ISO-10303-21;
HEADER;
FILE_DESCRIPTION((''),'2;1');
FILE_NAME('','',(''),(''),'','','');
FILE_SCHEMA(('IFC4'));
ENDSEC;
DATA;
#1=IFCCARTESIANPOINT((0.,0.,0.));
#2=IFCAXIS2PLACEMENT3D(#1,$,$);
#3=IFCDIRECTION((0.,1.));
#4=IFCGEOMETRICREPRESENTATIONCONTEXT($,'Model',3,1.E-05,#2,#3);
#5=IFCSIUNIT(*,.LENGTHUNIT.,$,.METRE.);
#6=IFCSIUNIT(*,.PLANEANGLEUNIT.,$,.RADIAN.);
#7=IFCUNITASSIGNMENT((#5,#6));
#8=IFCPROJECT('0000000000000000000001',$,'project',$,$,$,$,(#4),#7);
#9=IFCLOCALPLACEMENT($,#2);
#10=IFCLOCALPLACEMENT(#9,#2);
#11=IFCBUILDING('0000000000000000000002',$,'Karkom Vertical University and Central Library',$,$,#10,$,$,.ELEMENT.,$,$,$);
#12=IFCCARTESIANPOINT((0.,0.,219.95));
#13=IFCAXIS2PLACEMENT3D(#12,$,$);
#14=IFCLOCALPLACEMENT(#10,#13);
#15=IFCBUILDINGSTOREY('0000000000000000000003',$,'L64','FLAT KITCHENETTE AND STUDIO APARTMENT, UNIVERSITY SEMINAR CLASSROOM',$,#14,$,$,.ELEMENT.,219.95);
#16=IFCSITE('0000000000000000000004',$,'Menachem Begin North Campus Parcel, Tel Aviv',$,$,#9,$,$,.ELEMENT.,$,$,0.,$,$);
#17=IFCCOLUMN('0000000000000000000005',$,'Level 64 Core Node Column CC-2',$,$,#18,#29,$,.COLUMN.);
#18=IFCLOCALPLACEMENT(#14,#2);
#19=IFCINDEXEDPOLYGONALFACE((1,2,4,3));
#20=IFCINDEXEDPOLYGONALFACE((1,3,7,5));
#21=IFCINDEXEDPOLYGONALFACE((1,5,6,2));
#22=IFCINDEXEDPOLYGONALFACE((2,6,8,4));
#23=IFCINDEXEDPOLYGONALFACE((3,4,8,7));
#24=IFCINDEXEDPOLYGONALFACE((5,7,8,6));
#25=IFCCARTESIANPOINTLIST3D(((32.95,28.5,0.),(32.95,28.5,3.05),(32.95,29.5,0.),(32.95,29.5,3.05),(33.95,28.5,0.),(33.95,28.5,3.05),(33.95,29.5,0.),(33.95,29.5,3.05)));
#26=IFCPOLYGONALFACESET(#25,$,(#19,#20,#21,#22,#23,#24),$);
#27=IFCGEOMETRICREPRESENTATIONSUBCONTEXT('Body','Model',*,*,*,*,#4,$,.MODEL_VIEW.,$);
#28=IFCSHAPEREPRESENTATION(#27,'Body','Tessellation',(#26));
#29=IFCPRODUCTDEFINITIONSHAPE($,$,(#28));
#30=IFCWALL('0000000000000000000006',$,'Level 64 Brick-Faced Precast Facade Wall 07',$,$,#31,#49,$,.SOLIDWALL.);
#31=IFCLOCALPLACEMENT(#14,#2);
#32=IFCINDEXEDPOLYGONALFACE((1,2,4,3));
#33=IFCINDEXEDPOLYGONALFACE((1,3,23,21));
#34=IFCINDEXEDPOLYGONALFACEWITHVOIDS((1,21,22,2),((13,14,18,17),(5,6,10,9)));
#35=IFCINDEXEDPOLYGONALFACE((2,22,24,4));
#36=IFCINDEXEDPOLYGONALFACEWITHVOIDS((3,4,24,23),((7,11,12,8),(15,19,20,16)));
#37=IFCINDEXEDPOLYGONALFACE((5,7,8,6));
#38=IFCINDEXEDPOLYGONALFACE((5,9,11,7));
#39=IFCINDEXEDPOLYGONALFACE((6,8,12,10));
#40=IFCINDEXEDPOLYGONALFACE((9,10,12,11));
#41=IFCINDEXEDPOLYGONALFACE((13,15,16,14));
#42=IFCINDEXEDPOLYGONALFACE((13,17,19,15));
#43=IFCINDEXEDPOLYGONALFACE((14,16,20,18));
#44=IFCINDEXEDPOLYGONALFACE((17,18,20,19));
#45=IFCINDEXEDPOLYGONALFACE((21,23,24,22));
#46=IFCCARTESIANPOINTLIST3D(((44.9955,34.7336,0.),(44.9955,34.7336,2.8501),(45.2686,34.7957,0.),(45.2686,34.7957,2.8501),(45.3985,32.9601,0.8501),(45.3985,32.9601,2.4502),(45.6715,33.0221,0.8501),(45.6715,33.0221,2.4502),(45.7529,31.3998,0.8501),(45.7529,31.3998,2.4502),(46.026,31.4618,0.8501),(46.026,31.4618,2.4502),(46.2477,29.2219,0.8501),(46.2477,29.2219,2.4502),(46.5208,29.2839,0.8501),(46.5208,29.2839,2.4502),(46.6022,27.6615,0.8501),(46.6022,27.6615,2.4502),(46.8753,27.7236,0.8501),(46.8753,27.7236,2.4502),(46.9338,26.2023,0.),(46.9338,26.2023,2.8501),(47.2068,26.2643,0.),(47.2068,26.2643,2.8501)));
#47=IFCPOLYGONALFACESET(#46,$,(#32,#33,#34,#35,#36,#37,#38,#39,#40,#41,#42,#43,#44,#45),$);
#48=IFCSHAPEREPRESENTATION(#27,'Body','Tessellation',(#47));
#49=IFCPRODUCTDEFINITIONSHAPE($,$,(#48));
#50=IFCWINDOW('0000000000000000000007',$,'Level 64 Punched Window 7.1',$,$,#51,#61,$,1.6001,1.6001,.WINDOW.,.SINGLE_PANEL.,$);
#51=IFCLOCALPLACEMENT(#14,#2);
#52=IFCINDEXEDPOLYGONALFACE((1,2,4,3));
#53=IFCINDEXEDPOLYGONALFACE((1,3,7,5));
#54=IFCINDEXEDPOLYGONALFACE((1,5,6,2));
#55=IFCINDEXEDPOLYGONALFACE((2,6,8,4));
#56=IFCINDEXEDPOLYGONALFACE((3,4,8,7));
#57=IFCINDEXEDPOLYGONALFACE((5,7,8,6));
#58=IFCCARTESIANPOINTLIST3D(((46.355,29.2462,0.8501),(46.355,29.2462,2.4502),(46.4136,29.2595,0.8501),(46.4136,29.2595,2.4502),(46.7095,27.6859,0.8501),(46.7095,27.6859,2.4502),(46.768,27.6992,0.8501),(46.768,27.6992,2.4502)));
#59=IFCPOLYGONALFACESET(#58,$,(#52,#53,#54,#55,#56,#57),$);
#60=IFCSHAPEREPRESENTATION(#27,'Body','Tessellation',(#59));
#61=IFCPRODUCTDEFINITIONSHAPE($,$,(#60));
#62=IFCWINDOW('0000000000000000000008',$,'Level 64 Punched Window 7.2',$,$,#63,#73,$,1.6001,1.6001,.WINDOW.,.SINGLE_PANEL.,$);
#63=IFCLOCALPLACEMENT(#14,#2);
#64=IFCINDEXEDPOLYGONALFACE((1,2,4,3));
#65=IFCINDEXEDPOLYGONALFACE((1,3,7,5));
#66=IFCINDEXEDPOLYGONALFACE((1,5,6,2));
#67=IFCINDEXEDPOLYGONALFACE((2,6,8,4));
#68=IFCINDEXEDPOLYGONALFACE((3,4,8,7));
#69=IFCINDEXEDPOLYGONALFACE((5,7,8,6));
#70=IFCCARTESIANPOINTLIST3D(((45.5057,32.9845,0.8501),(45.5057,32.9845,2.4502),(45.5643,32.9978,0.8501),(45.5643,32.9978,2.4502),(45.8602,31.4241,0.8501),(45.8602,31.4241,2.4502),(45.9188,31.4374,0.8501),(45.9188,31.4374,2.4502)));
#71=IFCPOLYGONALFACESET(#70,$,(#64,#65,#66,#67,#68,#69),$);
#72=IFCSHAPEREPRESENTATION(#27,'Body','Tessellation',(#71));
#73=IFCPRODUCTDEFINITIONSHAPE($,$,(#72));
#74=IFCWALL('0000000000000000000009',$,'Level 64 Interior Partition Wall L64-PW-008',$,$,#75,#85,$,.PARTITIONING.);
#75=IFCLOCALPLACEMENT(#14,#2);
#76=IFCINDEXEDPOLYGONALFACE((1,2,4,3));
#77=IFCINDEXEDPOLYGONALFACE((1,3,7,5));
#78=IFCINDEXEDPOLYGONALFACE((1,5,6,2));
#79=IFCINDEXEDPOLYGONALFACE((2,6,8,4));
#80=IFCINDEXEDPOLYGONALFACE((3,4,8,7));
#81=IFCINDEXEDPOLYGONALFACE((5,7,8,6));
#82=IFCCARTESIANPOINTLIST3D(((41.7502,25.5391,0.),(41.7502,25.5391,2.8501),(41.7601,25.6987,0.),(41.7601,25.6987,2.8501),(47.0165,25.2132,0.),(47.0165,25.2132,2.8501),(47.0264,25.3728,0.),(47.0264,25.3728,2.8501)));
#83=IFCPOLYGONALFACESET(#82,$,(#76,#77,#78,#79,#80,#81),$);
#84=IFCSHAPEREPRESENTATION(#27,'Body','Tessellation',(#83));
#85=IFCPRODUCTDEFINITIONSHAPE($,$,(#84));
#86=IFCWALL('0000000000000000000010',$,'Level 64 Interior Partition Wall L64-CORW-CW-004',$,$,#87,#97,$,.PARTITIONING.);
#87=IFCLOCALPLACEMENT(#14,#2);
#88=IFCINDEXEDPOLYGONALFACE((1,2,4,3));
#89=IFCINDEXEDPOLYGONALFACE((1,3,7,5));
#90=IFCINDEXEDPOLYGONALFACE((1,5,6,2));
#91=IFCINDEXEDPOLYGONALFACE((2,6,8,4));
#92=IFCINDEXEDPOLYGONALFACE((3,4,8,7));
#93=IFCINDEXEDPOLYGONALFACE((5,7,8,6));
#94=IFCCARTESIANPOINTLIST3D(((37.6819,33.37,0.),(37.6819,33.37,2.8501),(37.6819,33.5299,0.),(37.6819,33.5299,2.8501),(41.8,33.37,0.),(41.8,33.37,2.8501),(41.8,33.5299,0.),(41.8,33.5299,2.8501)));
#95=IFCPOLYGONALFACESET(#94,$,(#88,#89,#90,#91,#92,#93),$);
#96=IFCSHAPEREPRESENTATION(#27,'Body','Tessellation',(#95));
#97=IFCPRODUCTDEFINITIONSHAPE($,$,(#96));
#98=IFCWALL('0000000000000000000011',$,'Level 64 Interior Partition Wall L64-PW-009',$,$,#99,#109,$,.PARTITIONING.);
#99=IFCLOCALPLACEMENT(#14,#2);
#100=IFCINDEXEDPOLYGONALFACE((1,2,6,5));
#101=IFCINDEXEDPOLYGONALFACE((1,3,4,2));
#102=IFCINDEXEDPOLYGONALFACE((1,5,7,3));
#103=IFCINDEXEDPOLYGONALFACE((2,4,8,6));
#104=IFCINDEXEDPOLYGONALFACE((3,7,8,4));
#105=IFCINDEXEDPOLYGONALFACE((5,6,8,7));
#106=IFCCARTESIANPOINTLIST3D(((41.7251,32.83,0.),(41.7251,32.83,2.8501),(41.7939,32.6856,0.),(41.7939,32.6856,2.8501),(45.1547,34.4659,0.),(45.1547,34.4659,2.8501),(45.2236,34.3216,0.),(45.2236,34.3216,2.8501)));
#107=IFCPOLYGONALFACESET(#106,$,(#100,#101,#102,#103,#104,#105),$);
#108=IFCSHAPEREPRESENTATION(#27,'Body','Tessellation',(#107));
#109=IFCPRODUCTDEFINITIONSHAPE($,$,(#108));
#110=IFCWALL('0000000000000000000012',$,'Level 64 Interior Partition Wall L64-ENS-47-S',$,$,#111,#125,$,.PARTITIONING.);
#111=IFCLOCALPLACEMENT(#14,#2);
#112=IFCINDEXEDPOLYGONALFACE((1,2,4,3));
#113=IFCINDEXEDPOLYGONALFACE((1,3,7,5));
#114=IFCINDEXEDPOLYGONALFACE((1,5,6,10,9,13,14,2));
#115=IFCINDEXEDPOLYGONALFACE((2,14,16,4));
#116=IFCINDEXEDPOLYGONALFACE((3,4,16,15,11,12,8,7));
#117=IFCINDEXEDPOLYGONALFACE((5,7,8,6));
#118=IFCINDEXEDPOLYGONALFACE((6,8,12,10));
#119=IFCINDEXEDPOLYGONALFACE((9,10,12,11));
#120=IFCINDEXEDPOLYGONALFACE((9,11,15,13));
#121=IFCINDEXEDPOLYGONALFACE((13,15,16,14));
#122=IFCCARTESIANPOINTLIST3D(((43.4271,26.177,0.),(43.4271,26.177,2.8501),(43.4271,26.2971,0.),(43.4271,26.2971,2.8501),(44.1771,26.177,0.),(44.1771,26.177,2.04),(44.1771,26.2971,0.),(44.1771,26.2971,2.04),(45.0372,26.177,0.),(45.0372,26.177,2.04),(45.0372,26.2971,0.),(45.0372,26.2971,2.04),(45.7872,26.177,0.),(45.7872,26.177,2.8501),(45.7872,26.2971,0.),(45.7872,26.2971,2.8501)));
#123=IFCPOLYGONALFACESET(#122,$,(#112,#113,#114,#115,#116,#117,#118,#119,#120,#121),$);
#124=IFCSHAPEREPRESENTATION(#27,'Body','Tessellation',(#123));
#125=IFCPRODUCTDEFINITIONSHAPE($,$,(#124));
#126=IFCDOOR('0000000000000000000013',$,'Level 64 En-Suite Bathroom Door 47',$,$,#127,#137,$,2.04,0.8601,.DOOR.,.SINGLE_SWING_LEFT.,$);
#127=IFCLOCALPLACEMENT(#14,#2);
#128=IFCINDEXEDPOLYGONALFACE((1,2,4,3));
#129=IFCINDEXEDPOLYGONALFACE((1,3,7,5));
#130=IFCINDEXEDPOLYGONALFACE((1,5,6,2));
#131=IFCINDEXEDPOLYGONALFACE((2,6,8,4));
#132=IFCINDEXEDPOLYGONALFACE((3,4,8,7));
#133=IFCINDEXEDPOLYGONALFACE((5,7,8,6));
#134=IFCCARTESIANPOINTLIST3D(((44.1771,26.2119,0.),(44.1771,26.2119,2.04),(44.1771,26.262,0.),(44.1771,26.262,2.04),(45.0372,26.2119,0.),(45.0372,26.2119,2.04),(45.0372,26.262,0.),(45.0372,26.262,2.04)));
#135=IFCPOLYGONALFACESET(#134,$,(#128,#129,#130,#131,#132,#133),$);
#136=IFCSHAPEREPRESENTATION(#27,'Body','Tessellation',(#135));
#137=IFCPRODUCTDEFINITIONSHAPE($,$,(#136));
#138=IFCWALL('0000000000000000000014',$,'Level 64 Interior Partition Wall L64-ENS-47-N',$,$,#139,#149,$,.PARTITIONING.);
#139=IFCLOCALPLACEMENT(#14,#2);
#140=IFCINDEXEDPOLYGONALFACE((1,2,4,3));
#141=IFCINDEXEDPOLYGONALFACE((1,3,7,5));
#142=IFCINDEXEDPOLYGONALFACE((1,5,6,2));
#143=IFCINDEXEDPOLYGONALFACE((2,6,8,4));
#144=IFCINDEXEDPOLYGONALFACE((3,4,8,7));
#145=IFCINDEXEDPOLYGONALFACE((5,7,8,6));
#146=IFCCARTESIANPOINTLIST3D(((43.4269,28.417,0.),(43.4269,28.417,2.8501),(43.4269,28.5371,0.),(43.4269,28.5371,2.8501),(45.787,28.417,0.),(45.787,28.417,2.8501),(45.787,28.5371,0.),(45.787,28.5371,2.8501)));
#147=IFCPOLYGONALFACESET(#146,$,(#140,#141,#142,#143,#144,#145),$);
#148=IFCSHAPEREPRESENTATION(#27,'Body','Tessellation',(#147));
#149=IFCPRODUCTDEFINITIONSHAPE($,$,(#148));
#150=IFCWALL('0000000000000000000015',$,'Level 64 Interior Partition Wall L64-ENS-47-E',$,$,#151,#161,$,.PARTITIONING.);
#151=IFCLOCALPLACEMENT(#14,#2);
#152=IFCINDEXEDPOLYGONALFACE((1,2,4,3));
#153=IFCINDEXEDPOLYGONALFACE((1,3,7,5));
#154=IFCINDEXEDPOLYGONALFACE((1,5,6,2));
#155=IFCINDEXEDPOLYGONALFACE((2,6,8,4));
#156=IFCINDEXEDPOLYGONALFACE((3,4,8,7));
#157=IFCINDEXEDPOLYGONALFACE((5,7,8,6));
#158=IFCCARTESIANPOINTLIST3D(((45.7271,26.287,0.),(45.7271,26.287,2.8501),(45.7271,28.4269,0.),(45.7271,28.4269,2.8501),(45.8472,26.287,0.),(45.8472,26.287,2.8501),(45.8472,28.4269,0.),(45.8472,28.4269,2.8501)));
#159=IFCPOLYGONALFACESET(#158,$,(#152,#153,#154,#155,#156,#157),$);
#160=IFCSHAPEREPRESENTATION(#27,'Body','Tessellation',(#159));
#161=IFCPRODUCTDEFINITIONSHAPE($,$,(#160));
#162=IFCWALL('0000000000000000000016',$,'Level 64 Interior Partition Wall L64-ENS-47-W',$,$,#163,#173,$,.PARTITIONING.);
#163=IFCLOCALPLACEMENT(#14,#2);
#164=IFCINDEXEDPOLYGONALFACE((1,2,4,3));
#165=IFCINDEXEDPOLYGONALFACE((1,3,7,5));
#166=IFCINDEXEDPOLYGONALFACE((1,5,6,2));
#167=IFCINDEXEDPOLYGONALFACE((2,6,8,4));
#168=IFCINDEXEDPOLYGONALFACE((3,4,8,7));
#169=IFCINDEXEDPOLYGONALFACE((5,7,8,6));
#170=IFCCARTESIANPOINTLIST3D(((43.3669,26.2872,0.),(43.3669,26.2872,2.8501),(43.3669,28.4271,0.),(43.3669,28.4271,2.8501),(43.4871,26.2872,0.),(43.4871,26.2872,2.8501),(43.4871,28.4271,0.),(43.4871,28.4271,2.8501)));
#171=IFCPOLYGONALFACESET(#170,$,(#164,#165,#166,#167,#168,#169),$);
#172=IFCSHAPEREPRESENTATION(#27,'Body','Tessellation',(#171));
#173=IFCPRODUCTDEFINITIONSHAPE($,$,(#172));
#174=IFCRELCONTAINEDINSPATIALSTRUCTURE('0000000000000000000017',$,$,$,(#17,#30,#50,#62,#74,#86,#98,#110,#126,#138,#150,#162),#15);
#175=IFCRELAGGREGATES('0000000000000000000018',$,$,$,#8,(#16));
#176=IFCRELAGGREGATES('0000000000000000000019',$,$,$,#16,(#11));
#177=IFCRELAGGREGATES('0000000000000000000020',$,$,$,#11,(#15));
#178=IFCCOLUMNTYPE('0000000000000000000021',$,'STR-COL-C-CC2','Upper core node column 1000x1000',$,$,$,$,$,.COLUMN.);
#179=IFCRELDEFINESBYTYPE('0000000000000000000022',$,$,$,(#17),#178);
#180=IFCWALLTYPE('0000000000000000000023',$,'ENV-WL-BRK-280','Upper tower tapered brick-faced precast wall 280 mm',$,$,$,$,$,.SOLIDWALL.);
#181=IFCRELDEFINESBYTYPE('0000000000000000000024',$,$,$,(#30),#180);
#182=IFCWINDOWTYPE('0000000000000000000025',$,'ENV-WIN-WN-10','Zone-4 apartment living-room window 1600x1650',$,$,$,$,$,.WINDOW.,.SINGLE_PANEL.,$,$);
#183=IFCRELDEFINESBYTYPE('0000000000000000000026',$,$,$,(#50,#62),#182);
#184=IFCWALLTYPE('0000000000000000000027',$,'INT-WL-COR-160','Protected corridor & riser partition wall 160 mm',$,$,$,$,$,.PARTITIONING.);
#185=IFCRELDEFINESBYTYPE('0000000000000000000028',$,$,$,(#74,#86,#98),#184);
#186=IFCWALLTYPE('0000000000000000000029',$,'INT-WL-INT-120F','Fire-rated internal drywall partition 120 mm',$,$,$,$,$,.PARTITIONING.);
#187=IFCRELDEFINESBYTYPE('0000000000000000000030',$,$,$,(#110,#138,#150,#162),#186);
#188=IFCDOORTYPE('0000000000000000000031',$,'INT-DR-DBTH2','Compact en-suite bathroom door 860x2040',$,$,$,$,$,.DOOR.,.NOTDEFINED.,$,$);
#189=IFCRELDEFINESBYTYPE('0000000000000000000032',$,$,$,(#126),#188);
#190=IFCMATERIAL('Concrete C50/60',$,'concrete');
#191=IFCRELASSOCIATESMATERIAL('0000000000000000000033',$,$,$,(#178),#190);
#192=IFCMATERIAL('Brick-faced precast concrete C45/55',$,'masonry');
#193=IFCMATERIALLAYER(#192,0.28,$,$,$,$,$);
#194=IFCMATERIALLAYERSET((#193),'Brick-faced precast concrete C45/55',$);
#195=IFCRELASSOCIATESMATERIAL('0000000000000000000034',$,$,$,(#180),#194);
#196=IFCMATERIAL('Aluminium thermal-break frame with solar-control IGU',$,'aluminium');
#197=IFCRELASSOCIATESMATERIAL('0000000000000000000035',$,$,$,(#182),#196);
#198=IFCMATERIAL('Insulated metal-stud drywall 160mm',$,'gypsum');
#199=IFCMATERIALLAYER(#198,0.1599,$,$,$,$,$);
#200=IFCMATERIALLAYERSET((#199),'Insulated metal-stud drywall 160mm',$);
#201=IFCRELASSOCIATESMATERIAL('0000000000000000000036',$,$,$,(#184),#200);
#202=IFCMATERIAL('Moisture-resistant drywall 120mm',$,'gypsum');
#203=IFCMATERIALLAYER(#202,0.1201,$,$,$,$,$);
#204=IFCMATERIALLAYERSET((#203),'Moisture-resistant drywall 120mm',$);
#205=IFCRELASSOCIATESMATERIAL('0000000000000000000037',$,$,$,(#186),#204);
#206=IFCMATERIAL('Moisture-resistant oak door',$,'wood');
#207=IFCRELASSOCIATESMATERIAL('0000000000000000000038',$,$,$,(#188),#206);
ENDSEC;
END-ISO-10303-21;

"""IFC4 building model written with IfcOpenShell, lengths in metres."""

from ifc_helpers import new_model, si_unit, direction, frame, frame_2d, origin, origin_with_axes, origin_2d, place, context, subcontext, project, spatial, rectangle, extrude, source, transform, mapped, material, layer, layer_set, material_profile, profile_set, type_object, element, fill, save


model = new_model("IFC4")

# Units and contexts
model_context = context("Model", 3, precision=1e-05, world=origin(), true_north=direction((0.0, 1.0)))
body_context = subcontext(model_context, "Body", "Model", "MODEL_VIEW")
ifc_project = project(units=[si_unit("LENGTHUNIT", "METRE"), si_unit("PLANEANGLEUNIT", "RADIAN")], contexts=[model_context])

# Site, building, storey
site_placement = place(None, origin())
site = spatial("IfcSite", under=ifc_project, at=site_placement, Name="Menachem Begin North Campus Parcel, Tel Aviv", CompositionType="ELEMENT", RefElevation=0.0)
building_placement = place(site_placement, origin())
building = spatial("IfcBuilding", under=site, at=building_placement, Name="Karkom Vertical University and Central Library", CompositionType="ELEMENT")
storey_placement = place(building_placement, frame((0.0, 0.0, 219.95)))
storey = spatial("IfcBuildingStorey", under=building, at=storey_placement, Name="L64", Description="FLAT KITCHENETTE AND STUDIO APARTMENT, UNIVERSITY SEMINAR CLASSROOM", CompositionType="ELEMENT", Elevation=219.95)

# Column
ifc_material_1 = material(Name="Concrete C50/60", Category="concrete")
ifc_material_profile = material_profile(ifc_material_1, rectangle(XDim=1.0, YDim=1.0, at=origin_2d()), Name="RC-1000x1000")
ifc_profile_set = profile_set([ifc_material_profile], Name="Concrete C50/60")
column_type = type_object("IfcColumnType", Name="STR-COL-C-CC2", Description="Upper core node column 1000x1000", PredefinedType="COLUMN", material=ifc_profile_set)
shared_shape_1 = source(origin_with_axes(), body_context, "Body", "SweptSolid", [
    extrude(rectangle(XDim=1.0, YDim=1.0, at=origin_2d()), origin(), (0.0, 0.0, 1.0), 3.05),
])
column_placement = place(storey_placement, frame((33.45, 29.0, 0.0), z_axis=(0.0, 0.0, 1.0), x_axis=(1.0, 0.0, 0.0)))
element("IfcColumn", 1, at=column_placement, inside=storey, type_object=column_type, Name="Level 64 Core Node Column CC-2", PredefinedType="COLUMN", context=body_context, shape_type="MappedRepresentation", body=[
    mapped(shared_shape_1, transform((0.0, 0.0, 0.0), scale=1.0)),
])

# Wall, openings, windows
ifc_material_2 = material(Name="Brick-faced precast concrete C45/55", Category="masonry")
ifc_layer_1 = layer(ifc_material_2, 0.28)
ifc_layer_set_1 = layer_set([ifc_layer_1], Name="Brick-faced precast concrete C45/55")
wall_type_1 = type_object("IfcWallType", Name="ENV-WL-BRK-280", Description="Upper tower tapered brick-faced precast wall 280 mm", PredefinedType="SOLIDWALL", material=ifc_layer_set_1)
wall_1_placement = place(storey_placement, frame((47.0703, 26.2332, 0.0), z_axis=(0.0, 0.0, 1.0), x_axis=(-0.22154, 0.975151, 0.0)))
wall_1 = element("IfcWall", 2, at=wall_1_placement, inside=storey, type_object=wall_type_1, Name="Level 64 Brick-Faced Precast Facade Wall 07", PredefinedType="SOLIDWALL", context=body_context, shape_type="SweptSolid", body=[
    extrude(rectangle(XDim=8.7488, YDim=0.28, at=frame_2d((4.3745, 0.0))), origin(), (0.0, 0.0, 1.0), 2.8501),
])
opening_1_placement = place(wall_1_placement, frame((1.4966, 0.0, 0.8501)))
opening_1 = element("IfcOpeningElement", 3, at=opening_1_placement, cuts=wall_1, PredefinedType="OPENING", context=body_context, shape_type="SweptSolid", body=[
    extrude(rectangle(XDim=1.6001, YDim=1.6001, at=frame_2d((0.8, 0.8))), frame((0.0, 0.1499, 0.0), z_axis=(0.0, -1.0, 0.0), x_axis=(1.0, 0.0, 0.0)), (0.0, 0.0, 1.0), 0.3),
])
opening_2_placement = place(wall_1_placement, frame((5.3301, 0.0, 0.8501)))
opening_2 = element("IfcOpeningElement", 4, at=opening_2_placement, cuts=wall_1, PredefinedType="OPENING", context=body_context, shape_type="SweptSolid", body=[
    extrude(rectangle(XDim=1.6001, YDim=1.6001, at=frame_2d((0.8, 0.8))), frame((0.0, 0.1499, 0.0), z_axis=(0.0, -1.0, 0.0), x_axis=(1.0, 0.0, 0.0)), (0.0, 0.0, 1.0), 0.3),
])
ifc_material_3 = material(Name="Aluminium thermal-break frame with solar-control IGU", Category="aluminium")
window_type = type_object("IfcWindowType", Name="ENV-WIN-WN-10", Description="Zone-4 apartment living-room window 1600x1650", PartitioningType="SINGLE_PANEL", PredefinedType="WINDOW", material=ifc_material_3)
shared_shape_2 = source(origin_with_axes(), body_context, "Body", "SweptSolid", [
    extrude(rectangle(XDim=1.6001, YDim=1.6001, at=frame_2d((0.8, 0.8))), frame((0.0, 0.03, 0.0), z_axis=(0.0, -1.0, 0.0), x_axis=(1.0, 0.0, 0.0)), (0.0, 0.0, 1.0), 0.0601),
])
window_1_placement = place(opening_1_placement, origin())
window_1 = element("IfcWindow", 5, at=window_1_placement, inside=storey, type_object=window_type, Name="Level 64 Punched Window 7.1", OverallHeight=1.6001, OverallWidth=1.6001, PartitioningType="SINGLE_PANEL", PredefinedType="WINDOW", context=body_context, shape_type="MappedRepresentation", body=[
    mapped(shared_shape_2, transform((0.0, 0.0, 0.0), scale=1.0)),
])
fill(opening_1, window_1)
window_2_placement = place(opening_2_placement, origin())
window_2 = element("IfcWindow", 6, at=window_2_placement, inside=storey, type_object=window_type, Name="Level 64 Punched Window 7.2", OverallHeight=1.6001, OverallWidth=1.6001, PartitioningType="SINGLE_PANEL", PredefinedType="WINDOW", context=body_context, shape_type="MappedRepresentation", body=[
    mapped(shared_shape_2, transform((0.0, 0.0, 0.0), scale=1.0)),
])
fill(opening_2, window_2)

# Walls
ifc_material_4 = material(Name="Insulated metal-stud drywall 160mm", Category="gypsum")
ifc_layer_2 = layer(ifc_material_4, 0.1599)
ifc_layer_set_2 = layer_set([ifc_layer_2], Name="Insulated metal-stud drywall 160mm")
wall_type_2 = type_object("IfcWallType", Name="INT-WL-COR-160", Description="Protected corridor & riser partition wall 160 mm", PredefinedType="PARTITIONING", material=ifc_layer_set_2)
wall_2_placement = place(storey_placement, frame((41.7551, 25.6189, 0.0), z_axis=(0.0, 0.0, 1.0), x_axis=(0.99809, -0.06177, 0.0)))
element("IfcWall", 7, at=wall_2_placement, inside=storey, type_object=wall_type_2, Name="Level 64 Interior Partition Wall L64-PW-008", PredefinedType="PARTITIONING", context=body_context, shape_type="SweptSolid", body=[
    extrude(rectangle(XDim=5.2764, YDim=0.1599, at=frame_2d((2.6382, 0.0))), origin(), (0.0, 0.0, 1.0), 2.8501),
])
wall_3_placement = place(storey_placement, frame((37.6819, 33.45, 0.0), z_axis=(0.0, 0.0, 1.0), x_axis=(1.0, 0.0, 0.0)))
element("IfcWall", 8, at=wall_3_placement, inside=storey, type_object=wall_type_2, Name="Level 64 Interior Partition Wall L64-CORW-CW-004", PredefinedType="PARTITIONING", context=body_context, shape_type="SweptSolid", body=[
    extrude(rectangle(XDim=4.1182, YDim=0.1599, at=frame_2d((2.0591, 0.0))), origin(), (0.0, 0.0, 1.0), 2.8501),
])
wall_4_placement = place(storey_placement, frame((41.7595, 32.7578, 0.0), z_axis=(0.0, 0.0, 1.0), x_axis=(0.902574, 0.430535, 0.0)))
element("IfcWall", 9, at=wall_4_placement, inside=storey, type_object=wall_type_2, Name="Level 64 Interior Partition Wall L64-PW-009", PredefinedType="PARTITIONING", context=body_context, shape_type="SweptSolid", body=[
    extrude(rectangle(XDim=3.7998, YDim=0.1599, at=frame_2d((1.8999, 0.0))), origin(), (0.0, 0.0, 1.0), 2.8501),
])

# Wall, opening, door
ifc_material_5 = material(Name="Moisture-resistant drywall 120mm", Category="gypsum")
ifc_layer_3 = layer(ifc_material_5, 0.1201)
ifc_layer_set_3 = layer_set([ifc_layer_3], Name="Moisture-resistant drywall 120mm")
wall_type_3 = type_object("IfcWallType", Name="INT-WL-INT-120F", Description="Fire-rated internal drywall partition 120 mm", PredefinedType="PARTITIONING", material=ifc_layer_set_3)
wall_5_placement = place(storey_placement, frame((43.427, 26.2371, 0.0), z_axis=(0.0, 0.0, 1.0), x_axis=(1.0, 0.0, 0.0)))
wall_5 = element("IfcWall", 10, at=wall_5_placement, inside=storey, type_object=wall_type_3, Name="Level 64 Interior Partition Wall L64-ENS-47-S", PredefinedType="PARTITIONING", context=body_context, shape_type="SweptSolid", body=[
    extrude(rectangle(XDim=2.3601, YDim=0.1201, at=frame_2d((1.1802, 0.0))), origin(), (0.0, 0.0, 1.0), 2.8501),
])
opening_3_placement = place(wall_5_placement, frame((0.75, 0.0, 0.0)))
opening_3 = element("IfcOpeningElement", 11, at=opening_3_placement, cuts=wall_5, PredefinedType="OPENING", context=body_context, shape_type="SweptSolid", body=[
    extrude(rectangle(XDim=0.8601, YDim=2.04, at=frame_2d((0.4302, 1.02))), frame((0.0, 0.0701, 0.0), z_axis=(0.0, -1.0, 0.0), x_axis=(1.0, 0.0, 0.0)), (0.0, 0.0, 1.0), 0.1401),
])
ifc_material_6 = material(Name="Moisture-resistant oak door", Category="wood")
door_type_1 = type_object("IfcDoorType", Name="INT-DR-DBTH2", Description="Compact en-suite bathroom door 860x2040", OperationType="NOTDEFINED", PredefinedType="DOOR", material=ifc_material_6)
shared_shape_3 = source(origin_with_axes(), body_context, "Body", "SweptSolid", [
    extrude(rectangle(XDim=0.8601, YDim=2.04, at=frame_2d((0.4302, 1.02))), frame((0.0, 0.0249, 0.0), z_axis=(0.0, -1.0, 0.0), x_axis=(1.0, 0.0, 0.0)), (0.0, 0.0, 1.0), 0.05),
])
door_1_placement = place(opening_3_placement, origin())
door_1 = element("IfcDoor", 12, at=door_1_placement, inside=storey, type_object=door_type_1, Name="Level 64 En-Suite Bathroom Door 47", OperationType="SINGLE_SWING_LEFT", OverallHeight=2.04, OverallWidth=0.8601, PredefinedType="DOOR", context=body_context, shape_type="MappedRepresentation", body=[
    mapped(shared_shape_3, transform((0.0, 0.0, 0.0), scale=1.0)),
])
fill(opening_3, door_1)

# Walls
wall_6_placement = place(storey_placement, frame((45.7871, 28.4771, 0.0), z_axis=(0.0, 0.0, 1.0), x_axis=(-1.0, 0.0, 0.0)))
element("IfcWall", 13, at=wall_6_placement, inside=storey, type_object=wall_type_3, Name="Level 64 Interior Partition Wall L64-ENS-47-N", PredefinedType="PARTITIONING", context=body_context, shape_type="SweptSolid", body=[
    extrude(rectangle(XDim=2.3601, YDim=0.1201, at=frame_2d((1.1802, 0.0))), origin(), (0.0, 0.0, 1.0), 2.8501),
])
for number, where, z_axis, x_axis, name in (
    (14, (45.7871, 26.2871, 0.0), (0.0, 0.0, 1.0), (0.0, 1.0, 0.0), "Level 64 Interior Partition Wall L64-ENS-47-E"),
    (15, (43.427, 28.427, 0.0), (0.0, 0.0, 1.0), (0.0, -1.0, 0.0), "Level 64 Interior Partition Wall L64-ENS-47-W"),
):
    element("IfcWall", number, at=place(storey_placement, frame(where, z_axis=z_axis, x_axis=x_axis)), inside=storey, type_object=wall_type_3, Name=name, PredefinedType="PARTITIONING", context=body_context, shape_type="SweptSolid", body=[
        extrude(rectangle(XDim=2.1399, YDim=0.1201, at=frame_2d((1.0698, 0.0))), origin(), (0.0, 0.0, 1.0), 2.8501),
    ])

save(model, "model.ifc")
